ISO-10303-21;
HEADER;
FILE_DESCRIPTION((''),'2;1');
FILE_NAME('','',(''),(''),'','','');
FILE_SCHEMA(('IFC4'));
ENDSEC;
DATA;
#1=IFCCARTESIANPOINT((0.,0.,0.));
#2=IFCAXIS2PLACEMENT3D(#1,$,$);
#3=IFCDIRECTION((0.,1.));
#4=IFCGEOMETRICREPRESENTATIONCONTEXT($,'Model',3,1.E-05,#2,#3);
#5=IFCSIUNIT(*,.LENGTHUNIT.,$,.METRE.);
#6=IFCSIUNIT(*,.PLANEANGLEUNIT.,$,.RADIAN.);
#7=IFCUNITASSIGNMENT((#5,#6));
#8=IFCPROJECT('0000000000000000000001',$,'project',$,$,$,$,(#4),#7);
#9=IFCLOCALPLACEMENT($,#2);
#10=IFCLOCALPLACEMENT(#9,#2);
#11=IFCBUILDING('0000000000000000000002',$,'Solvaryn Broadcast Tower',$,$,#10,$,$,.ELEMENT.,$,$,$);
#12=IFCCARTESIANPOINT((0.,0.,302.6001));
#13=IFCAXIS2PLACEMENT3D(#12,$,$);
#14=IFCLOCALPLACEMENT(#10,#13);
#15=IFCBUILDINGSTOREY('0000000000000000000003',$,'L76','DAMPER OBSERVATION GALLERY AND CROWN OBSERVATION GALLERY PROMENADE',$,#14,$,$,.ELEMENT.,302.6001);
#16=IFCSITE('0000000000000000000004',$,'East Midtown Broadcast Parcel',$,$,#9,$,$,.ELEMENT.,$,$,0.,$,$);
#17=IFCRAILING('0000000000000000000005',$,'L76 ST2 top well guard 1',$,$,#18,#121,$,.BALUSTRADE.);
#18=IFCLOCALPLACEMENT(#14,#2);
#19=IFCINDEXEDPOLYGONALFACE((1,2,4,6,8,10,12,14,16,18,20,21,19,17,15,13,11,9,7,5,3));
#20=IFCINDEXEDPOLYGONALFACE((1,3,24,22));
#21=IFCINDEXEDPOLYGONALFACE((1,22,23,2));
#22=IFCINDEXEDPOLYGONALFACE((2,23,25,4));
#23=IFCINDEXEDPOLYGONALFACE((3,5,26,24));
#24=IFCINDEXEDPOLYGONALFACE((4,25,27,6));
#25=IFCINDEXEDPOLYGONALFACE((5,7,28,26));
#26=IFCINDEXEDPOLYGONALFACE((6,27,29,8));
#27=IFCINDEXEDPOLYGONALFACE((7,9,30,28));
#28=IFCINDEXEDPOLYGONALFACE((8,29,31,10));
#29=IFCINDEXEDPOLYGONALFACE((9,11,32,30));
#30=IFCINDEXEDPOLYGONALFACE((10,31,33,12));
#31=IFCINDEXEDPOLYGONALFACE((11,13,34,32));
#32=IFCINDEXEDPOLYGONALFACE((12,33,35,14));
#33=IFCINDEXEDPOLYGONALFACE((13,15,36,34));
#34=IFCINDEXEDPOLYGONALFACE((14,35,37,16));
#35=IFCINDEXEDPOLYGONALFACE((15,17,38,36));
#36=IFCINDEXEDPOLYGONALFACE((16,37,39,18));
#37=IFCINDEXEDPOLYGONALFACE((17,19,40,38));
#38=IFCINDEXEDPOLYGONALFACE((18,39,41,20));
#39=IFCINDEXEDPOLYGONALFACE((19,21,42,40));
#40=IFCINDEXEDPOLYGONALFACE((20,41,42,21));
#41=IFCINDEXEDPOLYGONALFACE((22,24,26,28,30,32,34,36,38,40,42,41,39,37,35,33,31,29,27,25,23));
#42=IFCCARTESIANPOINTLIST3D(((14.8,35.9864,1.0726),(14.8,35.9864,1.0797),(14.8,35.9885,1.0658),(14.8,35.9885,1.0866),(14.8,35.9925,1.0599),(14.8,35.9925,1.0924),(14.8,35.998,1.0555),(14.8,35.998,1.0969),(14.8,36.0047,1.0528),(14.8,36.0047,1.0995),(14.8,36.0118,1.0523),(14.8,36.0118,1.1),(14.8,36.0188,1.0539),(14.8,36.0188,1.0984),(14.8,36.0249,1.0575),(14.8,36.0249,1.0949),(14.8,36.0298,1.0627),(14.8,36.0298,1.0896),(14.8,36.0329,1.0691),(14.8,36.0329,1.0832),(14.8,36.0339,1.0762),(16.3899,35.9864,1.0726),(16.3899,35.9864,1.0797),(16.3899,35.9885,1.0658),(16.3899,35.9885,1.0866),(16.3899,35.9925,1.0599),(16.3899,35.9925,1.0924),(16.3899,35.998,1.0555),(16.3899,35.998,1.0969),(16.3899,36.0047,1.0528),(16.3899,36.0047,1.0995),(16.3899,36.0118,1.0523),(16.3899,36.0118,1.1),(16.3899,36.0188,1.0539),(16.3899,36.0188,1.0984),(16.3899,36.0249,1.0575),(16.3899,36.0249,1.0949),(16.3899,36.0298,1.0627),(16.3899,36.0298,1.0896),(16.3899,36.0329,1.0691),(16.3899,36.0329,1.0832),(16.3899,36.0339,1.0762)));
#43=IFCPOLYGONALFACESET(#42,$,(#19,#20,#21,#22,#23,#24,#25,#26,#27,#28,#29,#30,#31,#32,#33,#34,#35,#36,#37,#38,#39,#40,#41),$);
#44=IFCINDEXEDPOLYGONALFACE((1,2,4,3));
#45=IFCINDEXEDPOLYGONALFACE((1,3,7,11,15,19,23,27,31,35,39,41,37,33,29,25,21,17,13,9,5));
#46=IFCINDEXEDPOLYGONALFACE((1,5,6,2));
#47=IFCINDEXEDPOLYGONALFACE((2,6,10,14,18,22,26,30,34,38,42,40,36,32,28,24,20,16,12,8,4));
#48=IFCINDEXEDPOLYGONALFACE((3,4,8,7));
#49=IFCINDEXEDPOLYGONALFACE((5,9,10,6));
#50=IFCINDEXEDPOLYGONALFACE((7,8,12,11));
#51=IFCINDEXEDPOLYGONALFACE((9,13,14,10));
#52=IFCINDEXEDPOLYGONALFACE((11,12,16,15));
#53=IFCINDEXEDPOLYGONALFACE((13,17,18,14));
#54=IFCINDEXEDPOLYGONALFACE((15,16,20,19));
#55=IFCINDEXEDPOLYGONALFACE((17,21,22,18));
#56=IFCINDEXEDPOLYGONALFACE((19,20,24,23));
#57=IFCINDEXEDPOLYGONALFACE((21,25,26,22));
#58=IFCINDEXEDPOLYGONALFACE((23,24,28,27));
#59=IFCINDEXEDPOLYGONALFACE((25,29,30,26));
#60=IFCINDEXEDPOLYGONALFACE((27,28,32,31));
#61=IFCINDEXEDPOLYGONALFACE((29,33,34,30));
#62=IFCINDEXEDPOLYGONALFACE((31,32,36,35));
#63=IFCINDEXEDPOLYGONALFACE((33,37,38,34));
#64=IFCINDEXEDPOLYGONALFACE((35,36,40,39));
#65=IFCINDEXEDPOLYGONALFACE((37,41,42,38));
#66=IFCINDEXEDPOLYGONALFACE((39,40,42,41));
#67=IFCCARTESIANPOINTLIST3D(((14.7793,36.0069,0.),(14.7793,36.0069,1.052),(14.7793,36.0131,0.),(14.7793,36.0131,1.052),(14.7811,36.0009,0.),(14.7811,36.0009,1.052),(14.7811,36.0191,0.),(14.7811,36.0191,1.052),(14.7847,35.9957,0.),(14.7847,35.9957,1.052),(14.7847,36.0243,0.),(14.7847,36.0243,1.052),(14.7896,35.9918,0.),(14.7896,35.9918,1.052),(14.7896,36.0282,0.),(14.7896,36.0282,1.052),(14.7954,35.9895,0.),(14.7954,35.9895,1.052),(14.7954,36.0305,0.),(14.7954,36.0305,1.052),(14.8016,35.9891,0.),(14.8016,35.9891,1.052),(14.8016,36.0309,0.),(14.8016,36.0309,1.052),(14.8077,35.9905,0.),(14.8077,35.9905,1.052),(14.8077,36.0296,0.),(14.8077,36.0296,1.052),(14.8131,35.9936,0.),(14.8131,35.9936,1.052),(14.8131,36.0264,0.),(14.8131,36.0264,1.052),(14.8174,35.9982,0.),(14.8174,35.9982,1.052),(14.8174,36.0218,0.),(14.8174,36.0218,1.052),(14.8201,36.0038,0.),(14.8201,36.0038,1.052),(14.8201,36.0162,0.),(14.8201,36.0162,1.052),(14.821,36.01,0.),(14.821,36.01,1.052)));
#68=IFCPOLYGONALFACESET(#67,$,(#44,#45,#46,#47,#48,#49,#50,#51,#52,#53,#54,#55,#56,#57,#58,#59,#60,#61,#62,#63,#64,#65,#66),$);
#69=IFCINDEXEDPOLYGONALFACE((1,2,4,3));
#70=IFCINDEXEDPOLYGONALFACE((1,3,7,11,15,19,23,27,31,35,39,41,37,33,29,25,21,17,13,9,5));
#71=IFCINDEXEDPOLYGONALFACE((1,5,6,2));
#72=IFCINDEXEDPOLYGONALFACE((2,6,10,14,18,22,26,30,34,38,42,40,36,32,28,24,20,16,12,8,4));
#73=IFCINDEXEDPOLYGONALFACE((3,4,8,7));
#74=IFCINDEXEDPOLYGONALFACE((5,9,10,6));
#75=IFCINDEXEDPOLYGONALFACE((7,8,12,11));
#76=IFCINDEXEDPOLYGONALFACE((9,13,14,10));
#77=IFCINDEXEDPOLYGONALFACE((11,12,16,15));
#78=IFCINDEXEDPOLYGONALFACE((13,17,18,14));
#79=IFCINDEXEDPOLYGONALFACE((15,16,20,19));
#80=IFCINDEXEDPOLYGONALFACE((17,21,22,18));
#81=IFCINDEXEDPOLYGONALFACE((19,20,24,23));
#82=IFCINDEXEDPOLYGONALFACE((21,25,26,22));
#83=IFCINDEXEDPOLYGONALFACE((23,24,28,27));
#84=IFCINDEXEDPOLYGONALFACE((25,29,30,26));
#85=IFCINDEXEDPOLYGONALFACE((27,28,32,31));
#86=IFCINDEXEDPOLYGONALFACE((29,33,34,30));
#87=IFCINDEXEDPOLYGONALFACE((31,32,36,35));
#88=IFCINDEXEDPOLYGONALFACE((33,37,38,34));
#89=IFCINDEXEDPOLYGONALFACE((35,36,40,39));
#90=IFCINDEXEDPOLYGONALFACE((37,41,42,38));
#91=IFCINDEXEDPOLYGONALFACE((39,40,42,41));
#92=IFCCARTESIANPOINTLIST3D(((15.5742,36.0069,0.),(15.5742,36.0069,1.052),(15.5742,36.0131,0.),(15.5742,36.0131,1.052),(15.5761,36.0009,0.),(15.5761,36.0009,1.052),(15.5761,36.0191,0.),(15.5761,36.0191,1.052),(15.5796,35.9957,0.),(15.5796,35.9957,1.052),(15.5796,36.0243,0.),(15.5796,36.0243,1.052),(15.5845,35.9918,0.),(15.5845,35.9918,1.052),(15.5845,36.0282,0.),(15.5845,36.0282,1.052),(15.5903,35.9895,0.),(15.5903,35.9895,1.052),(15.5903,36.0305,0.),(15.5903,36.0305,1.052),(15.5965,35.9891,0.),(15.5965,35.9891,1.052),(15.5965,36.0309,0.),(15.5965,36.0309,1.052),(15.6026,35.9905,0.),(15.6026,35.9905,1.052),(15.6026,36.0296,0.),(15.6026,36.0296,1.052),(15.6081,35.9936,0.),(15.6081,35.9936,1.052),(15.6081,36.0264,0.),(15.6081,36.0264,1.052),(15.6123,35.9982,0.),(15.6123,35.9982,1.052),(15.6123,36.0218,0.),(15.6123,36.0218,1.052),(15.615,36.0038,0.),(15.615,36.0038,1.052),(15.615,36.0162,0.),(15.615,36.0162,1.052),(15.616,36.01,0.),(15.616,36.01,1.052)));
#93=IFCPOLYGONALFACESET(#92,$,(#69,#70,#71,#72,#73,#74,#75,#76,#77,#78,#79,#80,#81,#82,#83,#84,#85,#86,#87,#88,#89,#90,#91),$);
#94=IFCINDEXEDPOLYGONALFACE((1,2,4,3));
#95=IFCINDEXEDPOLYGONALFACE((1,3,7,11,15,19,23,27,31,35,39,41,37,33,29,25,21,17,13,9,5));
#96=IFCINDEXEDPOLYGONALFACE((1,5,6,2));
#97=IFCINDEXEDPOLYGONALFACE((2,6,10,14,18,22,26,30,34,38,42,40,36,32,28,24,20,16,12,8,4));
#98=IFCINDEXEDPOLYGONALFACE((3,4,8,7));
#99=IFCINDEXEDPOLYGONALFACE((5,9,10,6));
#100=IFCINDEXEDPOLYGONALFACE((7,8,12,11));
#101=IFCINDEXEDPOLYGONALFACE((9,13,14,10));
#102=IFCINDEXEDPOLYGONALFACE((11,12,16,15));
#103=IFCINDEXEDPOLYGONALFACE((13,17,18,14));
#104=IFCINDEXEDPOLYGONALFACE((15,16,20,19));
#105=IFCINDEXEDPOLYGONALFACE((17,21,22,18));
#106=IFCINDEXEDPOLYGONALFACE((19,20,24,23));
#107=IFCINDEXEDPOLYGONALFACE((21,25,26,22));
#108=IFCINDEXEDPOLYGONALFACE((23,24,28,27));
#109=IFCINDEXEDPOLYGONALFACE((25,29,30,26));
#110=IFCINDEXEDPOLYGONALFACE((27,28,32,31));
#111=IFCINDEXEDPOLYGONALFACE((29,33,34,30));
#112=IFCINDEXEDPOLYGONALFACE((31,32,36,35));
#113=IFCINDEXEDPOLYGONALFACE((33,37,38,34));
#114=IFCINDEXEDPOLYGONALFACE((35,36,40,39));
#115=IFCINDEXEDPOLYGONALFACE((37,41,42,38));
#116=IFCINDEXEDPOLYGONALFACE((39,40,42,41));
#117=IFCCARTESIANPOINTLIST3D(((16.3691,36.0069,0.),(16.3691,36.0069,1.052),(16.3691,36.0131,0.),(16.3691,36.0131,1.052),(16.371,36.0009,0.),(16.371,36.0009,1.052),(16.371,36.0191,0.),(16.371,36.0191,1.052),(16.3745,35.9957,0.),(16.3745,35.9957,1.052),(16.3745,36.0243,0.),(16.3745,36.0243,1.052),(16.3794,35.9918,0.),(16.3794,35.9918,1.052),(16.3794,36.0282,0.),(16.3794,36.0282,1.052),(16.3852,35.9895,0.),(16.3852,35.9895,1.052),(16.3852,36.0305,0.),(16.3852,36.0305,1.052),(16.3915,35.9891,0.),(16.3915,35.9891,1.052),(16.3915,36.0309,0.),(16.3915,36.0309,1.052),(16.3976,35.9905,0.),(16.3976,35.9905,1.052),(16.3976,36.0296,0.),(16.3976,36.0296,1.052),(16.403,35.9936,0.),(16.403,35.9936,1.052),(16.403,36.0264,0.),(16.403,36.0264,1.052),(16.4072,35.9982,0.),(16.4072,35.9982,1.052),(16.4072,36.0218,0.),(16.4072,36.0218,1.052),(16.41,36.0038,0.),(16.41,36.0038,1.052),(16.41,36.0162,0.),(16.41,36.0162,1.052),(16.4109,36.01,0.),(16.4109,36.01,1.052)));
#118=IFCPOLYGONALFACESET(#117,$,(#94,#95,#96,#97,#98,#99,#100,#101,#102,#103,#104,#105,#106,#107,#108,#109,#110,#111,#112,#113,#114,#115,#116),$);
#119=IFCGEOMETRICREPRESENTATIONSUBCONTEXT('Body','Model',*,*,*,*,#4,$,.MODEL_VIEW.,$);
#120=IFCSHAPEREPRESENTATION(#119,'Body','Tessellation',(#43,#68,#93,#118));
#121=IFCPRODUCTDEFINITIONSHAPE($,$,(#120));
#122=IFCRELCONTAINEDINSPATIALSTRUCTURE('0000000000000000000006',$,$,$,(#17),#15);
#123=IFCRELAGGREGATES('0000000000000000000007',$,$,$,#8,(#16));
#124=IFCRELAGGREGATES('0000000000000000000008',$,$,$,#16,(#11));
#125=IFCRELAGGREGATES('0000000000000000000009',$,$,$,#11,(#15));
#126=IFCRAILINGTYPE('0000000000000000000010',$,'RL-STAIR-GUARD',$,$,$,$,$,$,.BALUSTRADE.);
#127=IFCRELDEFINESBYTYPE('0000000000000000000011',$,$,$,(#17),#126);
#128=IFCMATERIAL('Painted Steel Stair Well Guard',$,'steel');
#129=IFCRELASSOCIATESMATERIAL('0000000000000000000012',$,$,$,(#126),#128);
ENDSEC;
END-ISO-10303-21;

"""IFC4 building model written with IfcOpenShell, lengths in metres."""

from ifc_helpers import new_model, si_unit, direction, frame, origin, origin_2d, place, context, subcontext, project, spatial, circle, extrude, material, type_object, element, save


model = new_model("IFC4")

# Units and contexts
model_context = context("Model", 3, precision=1e-05, world=origin(), true_north=direction((0.0, 1.0)))
body_context = subcontext(model_context, "Body", "Model", "MODEL_VIEW")
ifc_project = project(units=[si_unit("LENGTHUNIT", "METRE"), si_unit("PLANEANGLEUNIT", "RADIAN")], contexts=[model_context])

# Site, building, storey
site_placement = place(None, origin())
site = spatial("IfcSite", under=ifc_project, at=site_placement, Name="East Midtown Broadcast Parcel", CompositionType="ELEMENT", RefElevation=0.0)
building_placement = place(site_placement, origin())
building = spatial("IfcBuilding", under=site, at=building_placement, Name="Solvaryn Broadcast Tower", CompositionType="ELEMENT")
storey_placement = place(building_placement, frame((0.0, 0.0, 302.6001)))
storey = spatial("IfcBuildingStorey", under=building, at=storey_placement, Name="L76", Description="DAMPER OBSERVATION GALLERY AND CROWN OBSERVATION GALLERY PROMENADE", CompositionType="ELEMENT", Elevation=302.6001)

# Railing
ifc_material_1 = material(Name="Painted Steel Stair Well Guard", Category="steel")
railing_type = type_object("IfcRailingType", Name="RL-STAIR-GUARD", PredefinedType="BALUSTRADE", material=ifc_material_1)
railing_1_placement = place(storey_placement, frame((14.8, 36.01, 0.0)))
element("IfcRailing", 1, at=railing_1_placement, inside=storey, type_object=railing_type, Name="L76 ST2 top well guard 1", PredefinedType="BALUSTRADE", context=body_context, shape_type="SweptSolid", body=[
    extrude(circle(Radius=0.0239, at=origin_2d()), frame((0.0, 0.0, 1.0762), z_axis=(1.0, 0.0, 0.0), x_axis=(0.0, 1.0, 0.0)), (0.0, 0.0, 1.0), 1.5898),
    extrude(circle(Radius=0.021, at=origin_2d()), origin(), (0.0, 0.0, 1.0), 1.052),
    extrude(circle(Radius=0.021, at=origin_2d()), frame((0.7949, 0.0, 0.0)), (0.0, 0.0, 1.0), 1.052),
    extrude(circle(Radius=0.021, at=origin_2d()), frame((1.5898, 0.0, 0.0)), (0.0, 0.0, 1.0), 1.052),
])

save(model, "model.ifc")
